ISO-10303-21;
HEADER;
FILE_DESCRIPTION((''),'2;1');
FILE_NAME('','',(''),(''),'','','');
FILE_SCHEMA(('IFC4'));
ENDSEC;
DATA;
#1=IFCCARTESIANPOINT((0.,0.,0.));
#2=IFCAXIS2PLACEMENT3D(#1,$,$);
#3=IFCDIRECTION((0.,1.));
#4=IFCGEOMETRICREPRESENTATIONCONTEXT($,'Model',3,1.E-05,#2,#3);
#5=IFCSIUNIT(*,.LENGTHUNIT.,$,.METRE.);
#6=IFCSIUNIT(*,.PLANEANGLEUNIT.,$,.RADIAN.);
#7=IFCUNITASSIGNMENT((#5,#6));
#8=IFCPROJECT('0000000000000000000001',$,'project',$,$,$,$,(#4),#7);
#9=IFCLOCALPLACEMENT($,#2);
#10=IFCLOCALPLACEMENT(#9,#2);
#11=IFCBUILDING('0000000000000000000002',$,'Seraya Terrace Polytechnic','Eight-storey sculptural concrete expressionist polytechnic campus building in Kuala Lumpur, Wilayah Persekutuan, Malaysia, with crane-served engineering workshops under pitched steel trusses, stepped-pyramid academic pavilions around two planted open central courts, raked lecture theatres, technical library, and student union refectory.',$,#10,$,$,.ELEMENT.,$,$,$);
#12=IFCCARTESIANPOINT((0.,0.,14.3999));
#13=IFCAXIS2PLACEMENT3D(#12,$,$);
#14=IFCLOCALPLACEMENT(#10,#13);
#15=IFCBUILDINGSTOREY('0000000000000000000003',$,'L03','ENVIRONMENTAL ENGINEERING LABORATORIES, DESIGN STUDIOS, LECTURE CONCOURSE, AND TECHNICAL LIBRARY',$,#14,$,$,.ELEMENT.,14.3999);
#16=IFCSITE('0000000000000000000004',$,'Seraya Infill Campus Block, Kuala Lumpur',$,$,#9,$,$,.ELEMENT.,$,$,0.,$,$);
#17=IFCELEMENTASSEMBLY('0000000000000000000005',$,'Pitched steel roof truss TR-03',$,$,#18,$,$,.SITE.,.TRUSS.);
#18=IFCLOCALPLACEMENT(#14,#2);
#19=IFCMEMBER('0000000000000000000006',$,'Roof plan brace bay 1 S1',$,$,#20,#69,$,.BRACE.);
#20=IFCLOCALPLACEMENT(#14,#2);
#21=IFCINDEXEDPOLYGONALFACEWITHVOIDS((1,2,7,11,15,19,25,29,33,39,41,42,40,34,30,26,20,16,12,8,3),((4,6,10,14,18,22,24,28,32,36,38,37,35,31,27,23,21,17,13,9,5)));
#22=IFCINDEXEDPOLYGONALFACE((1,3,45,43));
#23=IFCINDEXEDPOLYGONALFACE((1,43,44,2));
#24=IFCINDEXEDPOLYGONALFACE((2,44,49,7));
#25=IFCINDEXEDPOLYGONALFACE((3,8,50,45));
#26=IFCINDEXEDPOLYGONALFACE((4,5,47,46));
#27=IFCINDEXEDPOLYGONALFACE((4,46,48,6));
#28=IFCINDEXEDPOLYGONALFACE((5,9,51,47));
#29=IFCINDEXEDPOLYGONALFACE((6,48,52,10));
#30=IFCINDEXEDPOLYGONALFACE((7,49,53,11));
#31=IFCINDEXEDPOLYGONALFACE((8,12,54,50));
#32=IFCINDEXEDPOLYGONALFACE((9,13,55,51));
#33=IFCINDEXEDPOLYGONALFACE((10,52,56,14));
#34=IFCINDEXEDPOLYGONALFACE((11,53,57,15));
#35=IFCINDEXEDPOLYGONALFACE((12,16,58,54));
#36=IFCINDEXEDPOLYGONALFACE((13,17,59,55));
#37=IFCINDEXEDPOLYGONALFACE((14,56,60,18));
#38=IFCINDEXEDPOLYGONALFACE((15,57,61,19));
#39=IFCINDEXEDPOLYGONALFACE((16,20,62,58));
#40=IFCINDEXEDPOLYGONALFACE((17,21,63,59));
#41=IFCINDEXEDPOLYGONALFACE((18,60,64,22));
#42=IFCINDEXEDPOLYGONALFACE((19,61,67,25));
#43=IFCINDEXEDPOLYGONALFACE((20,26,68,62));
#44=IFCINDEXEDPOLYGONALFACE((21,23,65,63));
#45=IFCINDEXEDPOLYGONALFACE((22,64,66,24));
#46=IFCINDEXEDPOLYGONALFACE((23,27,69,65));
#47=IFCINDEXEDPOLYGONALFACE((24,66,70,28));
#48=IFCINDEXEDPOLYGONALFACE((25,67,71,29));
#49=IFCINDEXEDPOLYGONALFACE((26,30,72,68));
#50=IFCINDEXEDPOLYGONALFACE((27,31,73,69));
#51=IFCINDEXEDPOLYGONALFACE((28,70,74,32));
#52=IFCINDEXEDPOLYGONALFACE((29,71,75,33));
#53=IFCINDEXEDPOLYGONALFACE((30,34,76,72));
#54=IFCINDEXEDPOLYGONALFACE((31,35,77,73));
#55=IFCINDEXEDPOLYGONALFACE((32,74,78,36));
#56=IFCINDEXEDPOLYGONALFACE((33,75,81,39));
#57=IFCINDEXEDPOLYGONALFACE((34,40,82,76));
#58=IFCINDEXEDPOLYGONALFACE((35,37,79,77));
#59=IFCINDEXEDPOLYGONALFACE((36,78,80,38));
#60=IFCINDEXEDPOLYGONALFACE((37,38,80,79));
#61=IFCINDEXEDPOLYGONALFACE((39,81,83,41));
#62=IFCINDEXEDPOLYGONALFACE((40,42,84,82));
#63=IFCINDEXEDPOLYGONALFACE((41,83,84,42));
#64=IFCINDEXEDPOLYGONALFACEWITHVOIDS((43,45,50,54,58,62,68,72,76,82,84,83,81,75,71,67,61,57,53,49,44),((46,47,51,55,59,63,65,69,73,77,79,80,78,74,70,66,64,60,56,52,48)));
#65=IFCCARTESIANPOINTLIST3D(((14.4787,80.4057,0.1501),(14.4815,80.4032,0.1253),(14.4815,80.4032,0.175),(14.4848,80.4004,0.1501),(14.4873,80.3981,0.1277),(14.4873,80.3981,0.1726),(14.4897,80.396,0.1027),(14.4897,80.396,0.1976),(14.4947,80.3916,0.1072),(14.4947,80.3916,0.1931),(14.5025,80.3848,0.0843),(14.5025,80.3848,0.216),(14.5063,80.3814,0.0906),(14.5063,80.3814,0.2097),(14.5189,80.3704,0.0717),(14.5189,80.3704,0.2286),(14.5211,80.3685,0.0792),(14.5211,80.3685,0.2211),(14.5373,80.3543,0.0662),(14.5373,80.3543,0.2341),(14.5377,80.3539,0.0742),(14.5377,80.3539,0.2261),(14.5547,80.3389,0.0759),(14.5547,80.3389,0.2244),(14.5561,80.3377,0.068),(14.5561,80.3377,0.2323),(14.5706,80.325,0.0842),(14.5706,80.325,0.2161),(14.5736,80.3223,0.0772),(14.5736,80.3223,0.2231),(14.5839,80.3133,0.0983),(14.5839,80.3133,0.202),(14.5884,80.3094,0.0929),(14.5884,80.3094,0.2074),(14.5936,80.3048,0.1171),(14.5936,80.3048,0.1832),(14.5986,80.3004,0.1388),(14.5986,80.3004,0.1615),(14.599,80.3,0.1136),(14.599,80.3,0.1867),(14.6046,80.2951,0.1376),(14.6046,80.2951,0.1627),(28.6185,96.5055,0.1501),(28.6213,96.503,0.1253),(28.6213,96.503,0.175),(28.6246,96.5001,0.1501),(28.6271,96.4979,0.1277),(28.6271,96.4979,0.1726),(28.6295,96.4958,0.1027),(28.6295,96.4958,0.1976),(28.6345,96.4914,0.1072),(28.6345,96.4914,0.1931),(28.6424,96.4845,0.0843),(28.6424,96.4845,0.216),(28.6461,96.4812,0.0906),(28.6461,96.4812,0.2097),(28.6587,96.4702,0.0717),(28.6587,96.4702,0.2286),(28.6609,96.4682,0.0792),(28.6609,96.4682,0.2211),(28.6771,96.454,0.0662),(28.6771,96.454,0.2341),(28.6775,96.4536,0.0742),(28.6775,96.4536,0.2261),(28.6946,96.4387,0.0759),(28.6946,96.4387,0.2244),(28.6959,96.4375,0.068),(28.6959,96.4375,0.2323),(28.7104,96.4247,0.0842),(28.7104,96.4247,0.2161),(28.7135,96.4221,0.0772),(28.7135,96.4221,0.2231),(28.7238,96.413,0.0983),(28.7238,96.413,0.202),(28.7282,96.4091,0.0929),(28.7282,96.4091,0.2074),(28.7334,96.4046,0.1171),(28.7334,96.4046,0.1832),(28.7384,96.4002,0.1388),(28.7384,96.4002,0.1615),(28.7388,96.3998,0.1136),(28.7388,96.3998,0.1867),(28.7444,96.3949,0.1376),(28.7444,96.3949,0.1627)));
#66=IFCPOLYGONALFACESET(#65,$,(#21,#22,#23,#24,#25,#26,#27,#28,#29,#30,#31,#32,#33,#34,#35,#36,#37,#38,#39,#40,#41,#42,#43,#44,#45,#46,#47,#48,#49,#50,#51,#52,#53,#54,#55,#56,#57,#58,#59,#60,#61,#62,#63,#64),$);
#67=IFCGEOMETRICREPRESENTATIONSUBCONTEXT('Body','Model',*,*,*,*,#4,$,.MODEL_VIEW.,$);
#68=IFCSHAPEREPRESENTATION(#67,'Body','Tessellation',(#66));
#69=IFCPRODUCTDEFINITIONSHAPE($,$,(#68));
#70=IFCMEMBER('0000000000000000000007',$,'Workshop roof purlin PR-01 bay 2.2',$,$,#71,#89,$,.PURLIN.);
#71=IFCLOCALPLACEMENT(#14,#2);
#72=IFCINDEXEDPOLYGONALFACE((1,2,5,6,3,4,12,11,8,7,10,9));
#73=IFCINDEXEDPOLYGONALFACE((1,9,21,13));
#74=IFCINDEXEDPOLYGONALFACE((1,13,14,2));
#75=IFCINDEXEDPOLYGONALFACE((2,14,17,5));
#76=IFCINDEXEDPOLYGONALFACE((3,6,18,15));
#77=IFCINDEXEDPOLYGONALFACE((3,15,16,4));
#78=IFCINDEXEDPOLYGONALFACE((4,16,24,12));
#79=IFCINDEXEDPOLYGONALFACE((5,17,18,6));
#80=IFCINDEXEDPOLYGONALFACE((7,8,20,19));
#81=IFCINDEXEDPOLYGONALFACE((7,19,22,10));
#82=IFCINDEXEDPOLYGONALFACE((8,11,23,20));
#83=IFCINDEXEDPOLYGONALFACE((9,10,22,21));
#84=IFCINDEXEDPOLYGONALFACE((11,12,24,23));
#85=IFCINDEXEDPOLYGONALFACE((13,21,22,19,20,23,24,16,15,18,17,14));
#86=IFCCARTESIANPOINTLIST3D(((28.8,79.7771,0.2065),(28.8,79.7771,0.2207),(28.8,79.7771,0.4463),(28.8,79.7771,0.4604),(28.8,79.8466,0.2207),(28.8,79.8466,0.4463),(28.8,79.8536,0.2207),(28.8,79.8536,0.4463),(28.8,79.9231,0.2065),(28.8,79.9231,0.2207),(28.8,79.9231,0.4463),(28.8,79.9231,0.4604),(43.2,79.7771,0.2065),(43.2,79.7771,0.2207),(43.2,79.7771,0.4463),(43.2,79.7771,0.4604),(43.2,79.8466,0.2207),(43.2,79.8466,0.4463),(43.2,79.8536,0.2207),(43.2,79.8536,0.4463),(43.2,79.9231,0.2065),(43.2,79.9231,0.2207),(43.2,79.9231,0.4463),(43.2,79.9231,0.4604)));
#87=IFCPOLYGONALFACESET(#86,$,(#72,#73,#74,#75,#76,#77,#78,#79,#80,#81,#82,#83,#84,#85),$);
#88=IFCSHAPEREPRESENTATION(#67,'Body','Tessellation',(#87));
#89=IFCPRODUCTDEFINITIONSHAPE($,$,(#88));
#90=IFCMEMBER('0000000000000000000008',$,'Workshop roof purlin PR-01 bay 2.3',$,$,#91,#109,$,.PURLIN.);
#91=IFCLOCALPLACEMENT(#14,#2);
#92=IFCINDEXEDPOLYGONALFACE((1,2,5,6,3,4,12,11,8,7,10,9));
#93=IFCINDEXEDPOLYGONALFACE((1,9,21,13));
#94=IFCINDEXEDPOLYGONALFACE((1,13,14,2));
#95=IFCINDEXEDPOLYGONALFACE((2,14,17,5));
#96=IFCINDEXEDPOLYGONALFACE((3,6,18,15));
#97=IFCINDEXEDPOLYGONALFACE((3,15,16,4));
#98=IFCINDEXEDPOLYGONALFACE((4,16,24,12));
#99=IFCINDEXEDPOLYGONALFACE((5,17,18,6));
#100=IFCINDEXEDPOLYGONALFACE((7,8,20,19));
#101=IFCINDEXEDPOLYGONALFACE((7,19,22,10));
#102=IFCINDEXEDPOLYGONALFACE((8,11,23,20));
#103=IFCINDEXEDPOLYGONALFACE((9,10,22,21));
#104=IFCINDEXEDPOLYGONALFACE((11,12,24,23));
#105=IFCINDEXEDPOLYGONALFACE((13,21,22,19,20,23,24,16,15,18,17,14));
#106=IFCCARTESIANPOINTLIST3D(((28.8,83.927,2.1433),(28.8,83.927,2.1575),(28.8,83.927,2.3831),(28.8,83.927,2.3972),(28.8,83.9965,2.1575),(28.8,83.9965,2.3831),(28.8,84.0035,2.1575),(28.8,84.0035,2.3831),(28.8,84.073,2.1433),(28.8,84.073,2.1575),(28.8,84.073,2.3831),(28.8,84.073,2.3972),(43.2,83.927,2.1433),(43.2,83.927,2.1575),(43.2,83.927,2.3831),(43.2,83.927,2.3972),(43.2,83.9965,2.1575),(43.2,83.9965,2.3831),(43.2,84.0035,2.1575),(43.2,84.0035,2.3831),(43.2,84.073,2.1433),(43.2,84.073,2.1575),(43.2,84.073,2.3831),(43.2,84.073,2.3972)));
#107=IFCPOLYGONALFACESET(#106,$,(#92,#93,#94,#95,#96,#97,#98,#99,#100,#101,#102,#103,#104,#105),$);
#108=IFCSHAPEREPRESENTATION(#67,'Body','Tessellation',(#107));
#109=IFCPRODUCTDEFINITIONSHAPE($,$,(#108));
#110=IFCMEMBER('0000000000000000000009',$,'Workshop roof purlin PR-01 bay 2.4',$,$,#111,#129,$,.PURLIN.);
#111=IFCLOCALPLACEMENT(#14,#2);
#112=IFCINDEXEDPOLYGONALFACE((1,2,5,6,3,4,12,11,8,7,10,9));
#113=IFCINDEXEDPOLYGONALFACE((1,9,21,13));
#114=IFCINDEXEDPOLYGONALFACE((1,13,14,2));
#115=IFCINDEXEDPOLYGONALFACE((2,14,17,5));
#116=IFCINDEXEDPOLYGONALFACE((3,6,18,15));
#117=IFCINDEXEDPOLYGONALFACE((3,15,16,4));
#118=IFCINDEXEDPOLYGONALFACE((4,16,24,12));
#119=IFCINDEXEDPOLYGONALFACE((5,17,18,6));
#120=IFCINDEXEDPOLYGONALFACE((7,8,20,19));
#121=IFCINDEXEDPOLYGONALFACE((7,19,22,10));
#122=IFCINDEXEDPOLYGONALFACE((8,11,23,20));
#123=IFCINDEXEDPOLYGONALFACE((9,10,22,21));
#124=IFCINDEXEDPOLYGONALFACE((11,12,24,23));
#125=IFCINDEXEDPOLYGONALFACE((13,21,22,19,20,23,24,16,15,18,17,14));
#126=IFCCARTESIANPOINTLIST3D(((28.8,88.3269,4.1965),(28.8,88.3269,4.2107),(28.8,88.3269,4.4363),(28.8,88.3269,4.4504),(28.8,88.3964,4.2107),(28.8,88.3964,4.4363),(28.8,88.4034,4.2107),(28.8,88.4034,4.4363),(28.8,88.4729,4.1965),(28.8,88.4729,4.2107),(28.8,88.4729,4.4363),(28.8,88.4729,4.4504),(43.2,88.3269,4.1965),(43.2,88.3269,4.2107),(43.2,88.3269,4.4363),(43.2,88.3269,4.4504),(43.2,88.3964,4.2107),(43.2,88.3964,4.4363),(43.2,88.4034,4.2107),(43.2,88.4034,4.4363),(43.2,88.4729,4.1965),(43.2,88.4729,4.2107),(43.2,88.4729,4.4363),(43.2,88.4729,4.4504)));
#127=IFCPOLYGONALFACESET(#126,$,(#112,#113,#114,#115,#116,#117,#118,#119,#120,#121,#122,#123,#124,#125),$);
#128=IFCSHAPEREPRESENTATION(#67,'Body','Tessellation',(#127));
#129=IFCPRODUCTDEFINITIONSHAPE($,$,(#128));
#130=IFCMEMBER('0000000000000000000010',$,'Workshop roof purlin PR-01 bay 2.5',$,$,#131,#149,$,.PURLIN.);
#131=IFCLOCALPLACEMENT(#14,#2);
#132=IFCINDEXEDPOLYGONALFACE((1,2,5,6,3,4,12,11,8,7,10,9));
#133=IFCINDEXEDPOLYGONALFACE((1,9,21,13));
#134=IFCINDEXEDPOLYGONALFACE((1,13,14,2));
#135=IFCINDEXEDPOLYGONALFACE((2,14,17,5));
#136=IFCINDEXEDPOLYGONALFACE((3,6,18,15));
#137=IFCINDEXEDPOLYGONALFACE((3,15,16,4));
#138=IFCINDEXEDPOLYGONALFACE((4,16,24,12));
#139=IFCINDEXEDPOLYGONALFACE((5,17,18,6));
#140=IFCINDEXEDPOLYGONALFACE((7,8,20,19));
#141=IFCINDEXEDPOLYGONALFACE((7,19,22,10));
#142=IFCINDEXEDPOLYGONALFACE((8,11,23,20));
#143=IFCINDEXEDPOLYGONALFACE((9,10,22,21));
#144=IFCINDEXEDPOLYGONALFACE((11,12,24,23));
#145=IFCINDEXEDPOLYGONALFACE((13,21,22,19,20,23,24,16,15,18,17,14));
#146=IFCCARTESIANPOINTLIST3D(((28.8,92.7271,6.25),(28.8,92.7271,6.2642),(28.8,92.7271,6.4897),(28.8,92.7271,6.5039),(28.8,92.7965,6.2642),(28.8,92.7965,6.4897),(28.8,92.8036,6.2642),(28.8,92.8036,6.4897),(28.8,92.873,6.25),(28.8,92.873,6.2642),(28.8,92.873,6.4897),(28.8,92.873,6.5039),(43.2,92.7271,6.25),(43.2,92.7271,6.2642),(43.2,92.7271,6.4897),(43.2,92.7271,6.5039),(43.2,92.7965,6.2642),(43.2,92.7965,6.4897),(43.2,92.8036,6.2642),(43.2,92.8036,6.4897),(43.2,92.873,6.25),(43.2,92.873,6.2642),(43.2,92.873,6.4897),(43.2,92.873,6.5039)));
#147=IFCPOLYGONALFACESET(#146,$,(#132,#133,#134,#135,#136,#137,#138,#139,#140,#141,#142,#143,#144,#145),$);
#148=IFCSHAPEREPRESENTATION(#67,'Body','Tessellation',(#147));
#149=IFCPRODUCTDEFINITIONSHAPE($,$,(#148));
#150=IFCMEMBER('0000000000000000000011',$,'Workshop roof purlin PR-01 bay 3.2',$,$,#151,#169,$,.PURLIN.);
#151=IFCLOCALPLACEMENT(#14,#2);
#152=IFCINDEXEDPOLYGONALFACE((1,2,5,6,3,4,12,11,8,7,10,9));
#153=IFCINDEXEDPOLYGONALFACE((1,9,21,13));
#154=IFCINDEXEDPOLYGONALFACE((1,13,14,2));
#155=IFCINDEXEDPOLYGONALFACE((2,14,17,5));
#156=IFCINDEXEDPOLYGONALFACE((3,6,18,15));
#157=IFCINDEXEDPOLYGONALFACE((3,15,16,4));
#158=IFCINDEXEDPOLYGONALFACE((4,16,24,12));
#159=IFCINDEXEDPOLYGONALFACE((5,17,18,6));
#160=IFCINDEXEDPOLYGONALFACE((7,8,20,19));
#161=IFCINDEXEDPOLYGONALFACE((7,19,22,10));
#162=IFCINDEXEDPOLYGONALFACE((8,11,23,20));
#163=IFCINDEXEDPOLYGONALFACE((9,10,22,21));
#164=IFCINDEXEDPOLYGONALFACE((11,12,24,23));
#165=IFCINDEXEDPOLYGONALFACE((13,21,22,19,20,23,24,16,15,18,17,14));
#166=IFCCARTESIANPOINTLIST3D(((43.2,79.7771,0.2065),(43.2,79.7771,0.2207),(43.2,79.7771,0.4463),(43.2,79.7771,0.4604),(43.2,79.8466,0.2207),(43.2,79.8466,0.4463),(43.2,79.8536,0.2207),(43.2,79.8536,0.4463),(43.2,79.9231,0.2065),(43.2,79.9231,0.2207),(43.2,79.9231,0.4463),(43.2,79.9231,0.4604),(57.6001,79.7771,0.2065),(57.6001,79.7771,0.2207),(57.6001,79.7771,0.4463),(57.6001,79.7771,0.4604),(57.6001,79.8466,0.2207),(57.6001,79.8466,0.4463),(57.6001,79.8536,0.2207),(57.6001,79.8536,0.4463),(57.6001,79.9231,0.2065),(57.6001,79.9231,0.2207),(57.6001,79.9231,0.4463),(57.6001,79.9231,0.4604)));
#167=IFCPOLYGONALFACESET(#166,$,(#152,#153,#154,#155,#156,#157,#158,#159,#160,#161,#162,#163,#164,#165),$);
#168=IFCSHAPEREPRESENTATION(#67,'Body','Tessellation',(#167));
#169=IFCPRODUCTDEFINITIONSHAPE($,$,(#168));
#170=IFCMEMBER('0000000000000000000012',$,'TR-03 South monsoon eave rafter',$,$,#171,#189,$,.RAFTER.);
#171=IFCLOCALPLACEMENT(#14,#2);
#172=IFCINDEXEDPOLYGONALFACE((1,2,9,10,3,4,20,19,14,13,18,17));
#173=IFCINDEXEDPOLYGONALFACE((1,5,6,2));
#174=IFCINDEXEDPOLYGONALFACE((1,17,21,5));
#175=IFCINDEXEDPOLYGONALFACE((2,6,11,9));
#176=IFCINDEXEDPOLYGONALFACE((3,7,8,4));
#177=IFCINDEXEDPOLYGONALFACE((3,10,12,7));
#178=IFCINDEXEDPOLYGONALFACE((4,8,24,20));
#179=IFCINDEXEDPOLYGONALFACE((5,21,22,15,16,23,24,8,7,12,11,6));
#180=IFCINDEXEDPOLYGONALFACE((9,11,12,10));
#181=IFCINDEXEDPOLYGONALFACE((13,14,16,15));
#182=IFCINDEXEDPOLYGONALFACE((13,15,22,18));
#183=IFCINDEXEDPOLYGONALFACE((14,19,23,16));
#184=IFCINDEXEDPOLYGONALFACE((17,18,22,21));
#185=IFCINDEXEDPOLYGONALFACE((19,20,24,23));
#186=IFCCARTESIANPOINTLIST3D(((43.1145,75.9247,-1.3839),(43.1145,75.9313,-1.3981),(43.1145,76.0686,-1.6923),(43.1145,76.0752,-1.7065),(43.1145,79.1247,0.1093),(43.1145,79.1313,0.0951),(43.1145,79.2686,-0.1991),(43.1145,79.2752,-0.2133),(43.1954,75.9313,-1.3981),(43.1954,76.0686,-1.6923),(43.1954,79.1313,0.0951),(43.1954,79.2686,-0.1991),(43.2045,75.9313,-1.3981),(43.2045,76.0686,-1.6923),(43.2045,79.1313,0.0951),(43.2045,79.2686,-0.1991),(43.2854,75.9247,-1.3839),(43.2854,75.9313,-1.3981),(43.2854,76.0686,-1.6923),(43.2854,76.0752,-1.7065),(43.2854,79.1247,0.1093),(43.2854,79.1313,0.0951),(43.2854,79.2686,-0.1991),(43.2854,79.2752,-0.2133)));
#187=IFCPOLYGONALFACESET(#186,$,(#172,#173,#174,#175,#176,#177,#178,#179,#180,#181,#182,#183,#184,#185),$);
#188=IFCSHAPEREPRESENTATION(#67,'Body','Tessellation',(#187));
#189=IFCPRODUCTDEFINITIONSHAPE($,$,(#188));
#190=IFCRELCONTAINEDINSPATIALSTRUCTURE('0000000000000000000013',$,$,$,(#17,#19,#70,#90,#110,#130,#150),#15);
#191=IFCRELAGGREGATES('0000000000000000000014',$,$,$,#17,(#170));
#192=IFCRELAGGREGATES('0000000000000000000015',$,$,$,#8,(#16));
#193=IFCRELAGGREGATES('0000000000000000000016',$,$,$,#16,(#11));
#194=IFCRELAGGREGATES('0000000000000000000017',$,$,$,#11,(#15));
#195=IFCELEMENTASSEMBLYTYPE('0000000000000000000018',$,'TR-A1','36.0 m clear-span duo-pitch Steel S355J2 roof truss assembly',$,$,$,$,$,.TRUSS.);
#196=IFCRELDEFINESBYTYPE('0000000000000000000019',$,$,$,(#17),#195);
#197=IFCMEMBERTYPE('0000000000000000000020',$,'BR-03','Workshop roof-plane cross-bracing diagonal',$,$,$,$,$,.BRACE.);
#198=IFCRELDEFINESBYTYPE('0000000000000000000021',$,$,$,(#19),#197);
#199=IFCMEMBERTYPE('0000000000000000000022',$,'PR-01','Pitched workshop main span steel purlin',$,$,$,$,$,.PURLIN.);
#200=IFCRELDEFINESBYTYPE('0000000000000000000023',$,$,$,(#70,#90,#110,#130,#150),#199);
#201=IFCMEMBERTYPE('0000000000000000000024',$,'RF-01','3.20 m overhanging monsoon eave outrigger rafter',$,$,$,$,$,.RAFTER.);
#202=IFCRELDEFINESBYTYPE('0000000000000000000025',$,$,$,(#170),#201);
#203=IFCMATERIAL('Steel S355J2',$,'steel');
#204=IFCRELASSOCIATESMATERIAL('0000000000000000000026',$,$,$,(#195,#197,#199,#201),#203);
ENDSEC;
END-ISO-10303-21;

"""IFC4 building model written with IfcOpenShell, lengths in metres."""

from ifc_helpers import new_model, si_unit, direction, frame, origin, origin_2d, place, context, subcontext, project, spatial, hollow_circle, i_section, extrude, material, material_profile, profile_set, type_object, element, aggregate, save


model = new_model("IFC4")

# Units and contexts
model_context = context("Model", 3, precision=1e-05, world=origin(), true_north=direction((0.0, 1.0)))
body_context = subcontext(model_context, "Body", "Model", "MODEL_VIEW")
ifc_project = project(units=[si_unit("LENGTHUNIT", "METRE"), si_unit("PLANEANGLEUNIT", "RADIAN")], contexts=[model_context])

# Site, building, storey
site_placement = place(None, origin())
site = spatial("IfcSite", under=ifc_project, at=site_placement, Name="Seraya Infill Campus Block, Kuala Lumpur", CompositionType="ELEMENT", RefElevation=0.0)
building_placement = place(site_placement, origin())
building = spatial("IfcBuilding", under=site, at=building_placement, Name="Seraya Terrace Polytechnic", Description="Eight-storey sculptural concrete expressionist polytechnic campus building in Kuala Lumpur, Wilayah Persekutuan, Malaysia, with crane-served engineering workshops under pitched steel trusses, stepped-pyramid academic pavilions around two planted open central courts, raked lecture theatres, technical library, and student union refectory.", CompositionType="ELEMENT")
storey_placement = place(building_placement, frame((0.0, 0.0, 14.3999)))
storey = spatial("IfcBuildingStorey", under=building, at=storey_placement, Name="L03", Description="ENVIRONMENTAL ENGINEERING LABORATORIES, DESIGN STUDIOS, LECTURE CONCOURSE, AND TECHNICAL LIBRARY", CompositionType="ELEMENT", Elevation=14.3999)

# Element assembly
ifc_material_1 = material(Name="Steel S355J2", Category="steel")
element_assembly_type = type_object("IfcElementAssemblyType", Name="TR-A1", Description="36.0 m clear-span duo-pitch Steel S355J2 roof truss assembly", PredefinedType="TRUSS", material=ifc_material_1)
assembly_1_placement = place(storey_placement, origin())
assembly_1 = element("IfcElementAssembly", 1, at=assembly_1_placement, inside=storey, type_object=element_assembly_type, Name="Pitched steel roof truss TR-03", AssemblyPlace="SITE", PredefinedType="TRUSS")

# Members
ifc_material_profile_1 = material_profile(ifc_material_1, hollow_circle(Radius=0.0842, WallThickness=0.0081, at=origin_2d()), Name="CHS 168.3x8.0")
ifc_profile_set_1 = profile_set([ifc_material_profile_1], Name="Steel S355J2")
member_type_1 = type_object("IfcMemberType", Name="BR-03", Description="Workshop roof-plane cross-bracing diagonal", PredefinedType="BRACE", material=ifc_profile_set_1)
member_1_placement = place(storey_placement, frame((14.542, 80.3501, 0.1501), z_axis=(0.659892, 0.751361, 0.0), x_axis=(-0.751361, 0.659892, 0.0)))
element("IfcMember", 2, at=member_1_placement, inside=storey, type_object=member_type_1, Name="Roof plan brace bay 1 S1", PredefinedType="BRACE", context=body_context, shape_type="SweptSolid", body=[
    extrude(hollow_circle(Radius=0.0842, WallThickness=0.0081, at=origin_2d()), origin(), (0.0, 0.0, 1.0), 21.4275),
])
ifc_material_profile_2 = material_profile(ifc_material_1, i_section(OverallWidth=0.146, OverallDepth=0.2539, WebThickness=0.0071, FlangeThickness=0.0142, at=origin_2d()), Name="UKB 254x146x7.2x14.2")
ifc_profile_set_2 = profile_set([ifc_material_profile_2], Name="Steel S355J2")
member_type_2 = type_object("IfcMemberType", Name="PR-01", Description="Pitched workshop main span steel purlin", PredefinedType="PURLIN", material=ifc_profile_set_2)
for number, where, z_axis, x_axis, name in (
    (3, (28.8, 79.8501, 0.3335), (1.0, 0.0, 0.0), (0.0, 1.0, 0.0), "Workshop roof purlin PR-01 bay 2.2"),
    (4, (28.8, 84.0, 2.2703), (1.0, 0.0, 0.0), (0.0, 1.0, 0.0), "Workshop roof purlin PR-01 bay 2.3"),
    (5, (28.8, 88.3999, 4.3235), (1.0, 0.0, 0.0), (0.0, 1.0, 0.0), "Workshop roof purlin PR-01 bay 2.4"),
    (6, (28.8, 92.8, 6.377), (1.0, 0.0, 0.0), (0.0, 1.0, 0.0), "Workshop roof purlin PR-01 bay 2.5"),
):
    element("IfcMember", number, at=place(storey_placement, frame(where, z_axis=z_axis, x_axis=x_axis)), inside=storey, type_object=member_type_2, Name=name, PredefinedType="PURLIN", context=body_context, shape_type="SweptSolid", body=[
        extrude(i_section(OverallWidth=0.146, OverallDepth=0.2539, WebThickness=0.0071, FlangeThickness=0.0142, at=origin_2d()), origin(), (0.0, 0.0, 1.0), 14.3999),
    ])
member_2_placement = place(storey_placement, frame((43.2, 79.8501, 0.3335), z_axis=(1.0, 0.0, 0.0), x_axis=(0.0, 1.0, 0.0)))
element("IfcMember", 7, at=member_2_placement, inside=storey, type_object=member_type_2, Name="Workshop roof purlin PR-01 bay 3.2", PredefinedType="PURLIN", context=body_context, shape_type="SweptSolid", body=[
    extrude(i_section(OverallWidth=0.146, OverallDepth=0.2539, WebThickness=0.0071, FlangeThickness=0.0142, at=origin_2d()), origin(), (0.0, 0.0, 1.0), 14.4001),
])

# Member
ifc_material_profile_3 = material_profile(ifc_material_1, i_section(OverallWidth=0.1709, OverallDepth=0.356, WebThickness=0.009, FlangeThickness=0.0156, at=origin_2d()), Name="UKB 356x171x9.1x15.7")
ifc_profile_set_3 = profile_set([ifc_material_profile_3], Name="Steel S355J2")
member_type_3 = type_object("IfcMemberType", Name="RF-01", Description="3.20 m overhanging monsoon eave outrigger rafter", PredefinedType="RAFTER", material=ifc_profile_set_3)
member_3_placement = place(storey_placement, frame((43.2, 79.2, -0.052), z_axis=(0.0, -0.906199, -0.422851), x_axis=(1.0, 0.0, 0.0)))
member_3 = element("IfcMember", 8, at=member_3_placement, type_object=member_type_3, Name="TR-03 South monsoon eave rafter", PredefinedType="RAFTER", context=body_context, shape_type="SweptSolid", body=[
    extrude(i_section(OverallWidth=0.1709, OverallDepth=0.356, WebThickness=0.009, FlangeThickness=0.0156, at=origin_2d()), origin(), (0.0, 0.0, 1.0), 3.5312),
])

aggregate(assembly_1, [member_3])

save(model, "model.ifc")
